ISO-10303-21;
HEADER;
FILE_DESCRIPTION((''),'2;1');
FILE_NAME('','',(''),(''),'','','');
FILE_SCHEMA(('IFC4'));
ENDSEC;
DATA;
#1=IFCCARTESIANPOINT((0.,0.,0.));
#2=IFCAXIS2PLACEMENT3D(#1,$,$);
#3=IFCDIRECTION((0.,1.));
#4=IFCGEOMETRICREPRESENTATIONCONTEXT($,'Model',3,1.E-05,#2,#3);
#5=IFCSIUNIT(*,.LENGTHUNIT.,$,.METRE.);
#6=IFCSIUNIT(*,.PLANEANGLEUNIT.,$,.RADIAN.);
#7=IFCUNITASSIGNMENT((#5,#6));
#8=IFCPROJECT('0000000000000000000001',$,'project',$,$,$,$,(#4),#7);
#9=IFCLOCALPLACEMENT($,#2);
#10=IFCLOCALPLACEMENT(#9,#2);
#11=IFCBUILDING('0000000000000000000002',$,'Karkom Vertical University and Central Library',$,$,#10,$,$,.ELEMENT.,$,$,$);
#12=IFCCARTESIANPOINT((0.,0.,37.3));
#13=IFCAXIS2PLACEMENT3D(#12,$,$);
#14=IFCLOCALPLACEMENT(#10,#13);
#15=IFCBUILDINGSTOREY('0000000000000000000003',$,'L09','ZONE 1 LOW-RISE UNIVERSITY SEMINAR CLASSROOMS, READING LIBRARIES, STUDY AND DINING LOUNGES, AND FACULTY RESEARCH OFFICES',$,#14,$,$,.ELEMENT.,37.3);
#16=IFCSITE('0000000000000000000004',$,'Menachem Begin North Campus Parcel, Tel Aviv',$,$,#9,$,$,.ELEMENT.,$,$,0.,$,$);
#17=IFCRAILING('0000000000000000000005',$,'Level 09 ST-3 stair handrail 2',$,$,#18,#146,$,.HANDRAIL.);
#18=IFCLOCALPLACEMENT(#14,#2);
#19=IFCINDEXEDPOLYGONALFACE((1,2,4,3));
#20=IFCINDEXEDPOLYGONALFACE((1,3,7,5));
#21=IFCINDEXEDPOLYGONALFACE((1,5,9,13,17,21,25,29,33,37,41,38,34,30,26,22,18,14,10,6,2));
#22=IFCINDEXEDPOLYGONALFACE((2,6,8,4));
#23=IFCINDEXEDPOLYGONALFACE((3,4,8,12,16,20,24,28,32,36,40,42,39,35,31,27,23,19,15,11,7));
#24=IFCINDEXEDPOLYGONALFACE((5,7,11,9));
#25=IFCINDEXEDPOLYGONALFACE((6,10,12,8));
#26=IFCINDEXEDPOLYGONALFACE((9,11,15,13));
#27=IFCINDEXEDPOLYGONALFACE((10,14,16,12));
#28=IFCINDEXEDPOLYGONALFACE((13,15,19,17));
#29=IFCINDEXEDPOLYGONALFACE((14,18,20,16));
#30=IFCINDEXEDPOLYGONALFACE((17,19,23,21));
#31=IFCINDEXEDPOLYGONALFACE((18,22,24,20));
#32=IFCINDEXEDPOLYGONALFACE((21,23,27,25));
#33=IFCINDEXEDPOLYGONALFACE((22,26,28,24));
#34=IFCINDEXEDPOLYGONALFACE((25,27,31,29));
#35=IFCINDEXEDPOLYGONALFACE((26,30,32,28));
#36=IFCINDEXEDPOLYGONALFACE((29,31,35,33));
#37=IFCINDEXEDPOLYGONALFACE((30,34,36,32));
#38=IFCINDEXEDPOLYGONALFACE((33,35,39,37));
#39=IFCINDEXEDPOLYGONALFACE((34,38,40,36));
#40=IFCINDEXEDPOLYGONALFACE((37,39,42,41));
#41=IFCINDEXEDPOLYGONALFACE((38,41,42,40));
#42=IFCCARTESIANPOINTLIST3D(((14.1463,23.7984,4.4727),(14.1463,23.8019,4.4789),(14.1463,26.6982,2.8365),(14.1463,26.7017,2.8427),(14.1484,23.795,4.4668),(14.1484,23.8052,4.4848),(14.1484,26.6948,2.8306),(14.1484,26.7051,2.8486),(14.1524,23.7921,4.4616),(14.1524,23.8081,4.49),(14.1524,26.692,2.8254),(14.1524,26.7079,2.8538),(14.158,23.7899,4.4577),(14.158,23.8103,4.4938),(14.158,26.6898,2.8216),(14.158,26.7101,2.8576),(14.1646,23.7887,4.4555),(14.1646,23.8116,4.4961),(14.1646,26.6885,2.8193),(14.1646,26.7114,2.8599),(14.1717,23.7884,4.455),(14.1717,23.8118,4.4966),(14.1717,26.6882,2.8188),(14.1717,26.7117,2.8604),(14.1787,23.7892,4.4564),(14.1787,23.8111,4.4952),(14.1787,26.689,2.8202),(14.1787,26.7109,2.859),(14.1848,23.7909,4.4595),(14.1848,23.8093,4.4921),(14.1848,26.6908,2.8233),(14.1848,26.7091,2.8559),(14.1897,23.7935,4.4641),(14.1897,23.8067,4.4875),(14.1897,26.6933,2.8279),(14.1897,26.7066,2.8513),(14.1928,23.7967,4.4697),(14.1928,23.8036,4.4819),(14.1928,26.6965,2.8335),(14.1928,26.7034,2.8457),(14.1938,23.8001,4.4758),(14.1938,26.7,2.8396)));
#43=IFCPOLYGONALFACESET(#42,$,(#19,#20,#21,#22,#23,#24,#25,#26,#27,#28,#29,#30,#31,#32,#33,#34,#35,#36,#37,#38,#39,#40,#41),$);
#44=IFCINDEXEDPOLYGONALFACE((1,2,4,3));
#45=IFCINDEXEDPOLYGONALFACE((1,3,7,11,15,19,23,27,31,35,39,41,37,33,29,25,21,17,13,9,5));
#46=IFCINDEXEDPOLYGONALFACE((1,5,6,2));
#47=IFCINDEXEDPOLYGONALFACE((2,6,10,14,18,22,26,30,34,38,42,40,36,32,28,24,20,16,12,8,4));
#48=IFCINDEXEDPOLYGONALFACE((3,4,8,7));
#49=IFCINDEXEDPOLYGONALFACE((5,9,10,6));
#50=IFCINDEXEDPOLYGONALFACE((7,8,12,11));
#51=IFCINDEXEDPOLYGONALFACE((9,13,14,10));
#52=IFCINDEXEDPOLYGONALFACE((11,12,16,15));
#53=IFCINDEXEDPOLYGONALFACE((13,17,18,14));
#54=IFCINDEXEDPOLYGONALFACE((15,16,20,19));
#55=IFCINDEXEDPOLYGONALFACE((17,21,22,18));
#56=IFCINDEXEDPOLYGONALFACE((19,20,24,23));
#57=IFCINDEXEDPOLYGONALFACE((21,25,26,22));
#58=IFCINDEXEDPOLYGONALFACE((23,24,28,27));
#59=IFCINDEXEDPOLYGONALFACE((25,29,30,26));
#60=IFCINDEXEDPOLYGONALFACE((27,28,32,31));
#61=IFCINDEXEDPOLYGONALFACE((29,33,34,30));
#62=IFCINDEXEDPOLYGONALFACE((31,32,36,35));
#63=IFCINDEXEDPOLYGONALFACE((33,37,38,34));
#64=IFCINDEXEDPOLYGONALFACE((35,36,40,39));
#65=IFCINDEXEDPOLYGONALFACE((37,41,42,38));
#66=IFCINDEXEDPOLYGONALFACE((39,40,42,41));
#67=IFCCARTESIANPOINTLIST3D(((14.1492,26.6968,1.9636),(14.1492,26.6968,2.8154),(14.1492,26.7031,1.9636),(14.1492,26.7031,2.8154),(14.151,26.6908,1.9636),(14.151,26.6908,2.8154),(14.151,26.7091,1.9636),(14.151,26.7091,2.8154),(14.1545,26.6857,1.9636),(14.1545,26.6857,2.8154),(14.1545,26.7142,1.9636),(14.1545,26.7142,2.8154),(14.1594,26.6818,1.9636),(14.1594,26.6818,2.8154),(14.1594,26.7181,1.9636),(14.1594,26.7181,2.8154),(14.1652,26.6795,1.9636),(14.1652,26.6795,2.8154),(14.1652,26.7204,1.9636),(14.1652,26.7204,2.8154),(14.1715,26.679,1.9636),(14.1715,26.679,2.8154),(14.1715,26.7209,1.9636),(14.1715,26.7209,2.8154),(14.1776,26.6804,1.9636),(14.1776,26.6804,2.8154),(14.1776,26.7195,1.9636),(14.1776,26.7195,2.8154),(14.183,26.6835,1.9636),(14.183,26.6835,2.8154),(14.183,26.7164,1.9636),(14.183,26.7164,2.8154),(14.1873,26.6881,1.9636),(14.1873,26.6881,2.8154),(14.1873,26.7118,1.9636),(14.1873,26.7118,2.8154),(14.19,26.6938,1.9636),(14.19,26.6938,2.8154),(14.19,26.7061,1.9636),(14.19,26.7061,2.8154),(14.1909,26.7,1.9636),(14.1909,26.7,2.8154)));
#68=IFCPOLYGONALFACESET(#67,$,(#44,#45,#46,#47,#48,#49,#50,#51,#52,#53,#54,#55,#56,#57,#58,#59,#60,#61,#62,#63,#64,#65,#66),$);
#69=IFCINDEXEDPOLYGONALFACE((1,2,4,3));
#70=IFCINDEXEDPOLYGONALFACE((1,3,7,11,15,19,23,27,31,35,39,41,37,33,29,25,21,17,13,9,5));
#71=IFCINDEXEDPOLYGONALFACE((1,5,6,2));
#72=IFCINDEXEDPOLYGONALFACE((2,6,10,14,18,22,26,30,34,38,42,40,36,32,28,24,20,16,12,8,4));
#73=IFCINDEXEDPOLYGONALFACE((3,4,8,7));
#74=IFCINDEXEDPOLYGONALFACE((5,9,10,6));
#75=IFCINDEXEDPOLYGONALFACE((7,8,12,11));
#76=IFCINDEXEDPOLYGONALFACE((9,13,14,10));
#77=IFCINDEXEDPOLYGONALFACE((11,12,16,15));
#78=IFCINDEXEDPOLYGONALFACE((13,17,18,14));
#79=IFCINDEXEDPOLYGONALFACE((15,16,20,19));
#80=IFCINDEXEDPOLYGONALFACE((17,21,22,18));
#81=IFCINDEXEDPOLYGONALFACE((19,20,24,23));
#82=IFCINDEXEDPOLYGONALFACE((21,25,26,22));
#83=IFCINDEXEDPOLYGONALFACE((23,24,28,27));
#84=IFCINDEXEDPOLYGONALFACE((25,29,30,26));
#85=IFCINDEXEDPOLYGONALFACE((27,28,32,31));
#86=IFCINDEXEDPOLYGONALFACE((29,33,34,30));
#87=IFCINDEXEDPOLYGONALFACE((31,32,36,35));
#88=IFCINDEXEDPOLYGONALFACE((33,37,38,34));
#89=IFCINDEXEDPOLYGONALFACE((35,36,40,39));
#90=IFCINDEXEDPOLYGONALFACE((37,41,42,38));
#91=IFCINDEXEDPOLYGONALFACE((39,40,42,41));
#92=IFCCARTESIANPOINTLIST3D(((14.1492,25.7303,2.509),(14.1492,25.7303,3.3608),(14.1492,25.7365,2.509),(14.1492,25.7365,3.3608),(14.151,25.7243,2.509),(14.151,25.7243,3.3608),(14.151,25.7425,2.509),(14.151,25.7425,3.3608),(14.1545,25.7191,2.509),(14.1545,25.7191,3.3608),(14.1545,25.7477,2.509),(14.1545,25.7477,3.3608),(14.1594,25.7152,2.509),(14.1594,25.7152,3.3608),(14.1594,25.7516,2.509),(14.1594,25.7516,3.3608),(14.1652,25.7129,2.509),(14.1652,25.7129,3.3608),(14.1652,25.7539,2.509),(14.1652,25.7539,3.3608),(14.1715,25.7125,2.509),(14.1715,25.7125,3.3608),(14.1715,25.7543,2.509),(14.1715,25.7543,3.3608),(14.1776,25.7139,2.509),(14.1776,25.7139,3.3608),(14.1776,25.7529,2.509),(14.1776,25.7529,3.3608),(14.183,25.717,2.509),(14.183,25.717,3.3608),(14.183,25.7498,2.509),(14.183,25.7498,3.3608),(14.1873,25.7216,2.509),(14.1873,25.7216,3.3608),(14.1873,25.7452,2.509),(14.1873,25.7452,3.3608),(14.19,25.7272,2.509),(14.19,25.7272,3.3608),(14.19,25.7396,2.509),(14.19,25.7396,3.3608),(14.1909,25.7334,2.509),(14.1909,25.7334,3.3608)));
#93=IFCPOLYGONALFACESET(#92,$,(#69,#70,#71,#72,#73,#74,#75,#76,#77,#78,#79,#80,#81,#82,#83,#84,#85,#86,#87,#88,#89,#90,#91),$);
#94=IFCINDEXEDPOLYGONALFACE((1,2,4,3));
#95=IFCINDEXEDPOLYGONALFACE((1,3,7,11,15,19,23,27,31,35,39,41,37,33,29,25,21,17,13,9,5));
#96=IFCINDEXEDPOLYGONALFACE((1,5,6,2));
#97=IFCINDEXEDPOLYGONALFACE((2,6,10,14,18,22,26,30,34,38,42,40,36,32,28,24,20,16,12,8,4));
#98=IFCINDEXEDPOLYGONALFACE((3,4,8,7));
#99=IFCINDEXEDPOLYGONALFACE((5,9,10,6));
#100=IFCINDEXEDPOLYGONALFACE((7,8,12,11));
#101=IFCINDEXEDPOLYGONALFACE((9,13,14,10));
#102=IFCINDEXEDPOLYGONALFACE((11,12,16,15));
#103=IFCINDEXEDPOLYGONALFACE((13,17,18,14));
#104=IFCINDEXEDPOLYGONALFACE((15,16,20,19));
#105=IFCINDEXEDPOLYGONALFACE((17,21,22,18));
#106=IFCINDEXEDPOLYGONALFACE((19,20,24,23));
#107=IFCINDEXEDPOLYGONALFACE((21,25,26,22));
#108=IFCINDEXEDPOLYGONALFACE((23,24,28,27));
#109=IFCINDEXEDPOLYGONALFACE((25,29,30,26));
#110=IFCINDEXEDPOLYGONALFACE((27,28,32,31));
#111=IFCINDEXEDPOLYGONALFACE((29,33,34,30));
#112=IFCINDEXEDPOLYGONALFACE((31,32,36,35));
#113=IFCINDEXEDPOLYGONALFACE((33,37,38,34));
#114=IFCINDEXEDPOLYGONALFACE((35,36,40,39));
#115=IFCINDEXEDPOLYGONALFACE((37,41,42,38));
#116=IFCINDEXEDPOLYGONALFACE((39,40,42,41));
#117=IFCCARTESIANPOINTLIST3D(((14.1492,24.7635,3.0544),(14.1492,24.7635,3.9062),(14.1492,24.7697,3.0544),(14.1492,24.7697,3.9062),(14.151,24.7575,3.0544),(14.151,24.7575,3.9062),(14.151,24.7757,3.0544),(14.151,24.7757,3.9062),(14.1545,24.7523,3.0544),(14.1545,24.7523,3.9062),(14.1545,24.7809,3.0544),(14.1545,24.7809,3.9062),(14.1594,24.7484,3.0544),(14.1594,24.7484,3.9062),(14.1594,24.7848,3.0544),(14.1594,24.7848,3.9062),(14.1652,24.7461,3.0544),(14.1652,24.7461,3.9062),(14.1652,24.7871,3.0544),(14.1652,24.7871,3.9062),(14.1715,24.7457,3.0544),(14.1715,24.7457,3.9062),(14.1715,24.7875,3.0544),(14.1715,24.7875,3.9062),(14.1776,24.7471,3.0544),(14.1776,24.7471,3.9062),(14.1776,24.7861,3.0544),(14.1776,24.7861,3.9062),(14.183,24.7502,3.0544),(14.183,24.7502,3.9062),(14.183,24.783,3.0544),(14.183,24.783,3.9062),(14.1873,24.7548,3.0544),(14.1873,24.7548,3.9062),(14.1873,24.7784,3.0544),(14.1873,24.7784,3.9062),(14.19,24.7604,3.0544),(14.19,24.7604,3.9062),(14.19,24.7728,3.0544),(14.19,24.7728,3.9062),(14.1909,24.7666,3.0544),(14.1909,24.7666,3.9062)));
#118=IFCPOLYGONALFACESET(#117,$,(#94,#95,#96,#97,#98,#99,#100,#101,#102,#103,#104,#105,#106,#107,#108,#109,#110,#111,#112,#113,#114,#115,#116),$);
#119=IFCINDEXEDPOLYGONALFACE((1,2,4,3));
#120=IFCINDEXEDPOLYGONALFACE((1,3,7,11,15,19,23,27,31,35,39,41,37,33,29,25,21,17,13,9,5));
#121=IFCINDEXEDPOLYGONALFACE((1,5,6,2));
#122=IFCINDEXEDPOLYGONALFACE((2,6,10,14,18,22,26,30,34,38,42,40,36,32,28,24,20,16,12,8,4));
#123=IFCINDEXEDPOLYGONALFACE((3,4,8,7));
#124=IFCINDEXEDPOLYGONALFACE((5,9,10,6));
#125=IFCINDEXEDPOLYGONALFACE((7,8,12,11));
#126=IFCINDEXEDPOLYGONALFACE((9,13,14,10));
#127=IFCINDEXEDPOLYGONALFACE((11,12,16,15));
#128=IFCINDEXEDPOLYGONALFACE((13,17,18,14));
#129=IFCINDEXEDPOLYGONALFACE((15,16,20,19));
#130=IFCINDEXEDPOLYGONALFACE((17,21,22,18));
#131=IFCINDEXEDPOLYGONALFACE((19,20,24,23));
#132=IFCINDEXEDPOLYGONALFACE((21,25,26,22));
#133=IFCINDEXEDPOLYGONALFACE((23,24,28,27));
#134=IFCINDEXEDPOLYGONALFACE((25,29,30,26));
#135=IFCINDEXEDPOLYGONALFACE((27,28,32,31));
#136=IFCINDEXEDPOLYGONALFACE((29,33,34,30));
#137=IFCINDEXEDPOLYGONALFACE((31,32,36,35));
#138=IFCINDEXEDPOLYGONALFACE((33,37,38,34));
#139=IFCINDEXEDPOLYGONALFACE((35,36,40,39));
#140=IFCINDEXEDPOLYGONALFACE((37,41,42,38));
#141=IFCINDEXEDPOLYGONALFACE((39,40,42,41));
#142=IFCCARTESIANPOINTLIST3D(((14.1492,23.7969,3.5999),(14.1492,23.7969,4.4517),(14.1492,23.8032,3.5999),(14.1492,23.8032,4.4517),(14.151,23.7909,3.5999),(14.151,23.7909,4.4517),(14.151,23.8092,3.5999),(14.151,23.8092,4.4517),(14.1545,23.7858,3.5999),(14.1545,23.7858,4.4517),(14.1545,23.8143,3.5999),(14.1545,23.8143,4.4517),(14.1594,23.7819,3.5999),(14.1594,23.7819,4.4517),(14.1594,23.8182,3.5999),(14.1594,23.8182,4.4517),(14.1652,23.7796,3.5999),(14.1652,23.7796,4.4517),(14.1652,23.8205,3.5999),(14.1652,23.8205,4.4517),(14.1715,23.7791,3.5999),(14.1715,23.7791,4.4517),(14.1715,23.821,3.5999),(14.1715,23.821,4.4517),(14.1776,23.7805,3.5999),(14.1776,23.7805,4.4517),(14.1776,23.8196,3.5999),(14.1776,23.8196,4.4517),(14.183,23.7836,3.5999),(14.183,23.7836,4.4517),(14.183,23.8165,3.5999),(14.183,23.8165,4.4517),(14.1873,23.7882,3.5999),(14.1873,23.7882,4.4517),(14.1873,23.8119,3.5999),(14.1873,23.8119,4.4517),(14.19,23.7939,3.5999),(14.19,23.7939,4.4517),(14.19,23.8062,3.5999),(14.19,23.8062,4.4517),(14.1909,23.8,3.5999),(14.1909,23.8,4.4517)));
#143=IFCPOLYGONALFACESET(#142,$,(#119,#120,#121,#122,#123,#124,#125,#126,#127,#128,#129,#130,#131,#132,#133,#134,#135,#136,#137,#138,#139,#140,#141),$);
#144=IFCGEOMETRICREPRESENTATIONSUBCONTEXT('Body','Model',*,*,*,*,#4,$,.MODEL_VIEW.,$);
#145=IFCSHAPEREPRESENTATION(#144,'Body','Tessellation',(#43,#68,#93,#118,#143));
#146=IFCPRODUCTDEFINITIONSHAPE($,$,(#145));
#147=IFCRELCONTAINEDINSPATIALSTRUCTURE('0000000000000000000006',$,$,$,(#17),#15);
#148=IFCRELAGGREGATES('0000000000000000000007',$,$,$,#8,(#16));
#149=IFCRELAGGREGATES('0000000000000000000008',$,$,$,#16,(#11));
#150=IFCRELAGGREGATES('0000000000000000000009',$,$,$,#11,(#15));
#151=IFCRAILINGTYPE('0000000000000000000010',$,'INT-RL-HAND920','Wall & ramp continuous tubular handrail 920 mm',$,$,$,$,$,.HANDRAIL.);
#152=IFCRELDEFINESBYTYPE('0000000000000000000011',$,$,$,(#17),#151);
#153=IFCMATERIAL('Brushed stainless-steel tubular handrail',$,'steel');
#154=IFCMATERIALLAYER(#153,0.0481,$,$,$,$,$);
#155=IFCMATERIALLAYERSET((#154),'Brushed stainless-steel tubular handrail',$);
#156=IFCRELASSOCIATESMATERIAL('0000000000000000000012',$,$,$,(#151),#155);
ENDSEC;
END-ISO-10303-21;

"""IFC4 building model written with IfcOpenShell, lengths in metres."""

from ifc_helpers import new_model, si_unit, direction, frame, origin, origin_2d, place, context, subcontext, project, spatial, circle, extrude, material, layer, layer_set, type_object, element, save


model = new_model("IFC4")

# Units and contexts
model_context = context("Model", 3, precision=1e-05, world=origin(), true_north=direction((0.0, 1.0)))
body_context = subcontext(model_context, "Body", "Model", "MODEL_VIEW")
ifc_project = project(units=[si_unit("LENGTHUNIT", "METRE"), si_unit("PLANEANGLEUNIT", "RADIAN")], contexts=[model_context])

# Site, building, storey
site_placement = place(None, origin())
site = spatial("IfcSite", under=ifc_project, at=site_placement, Name="Menachem Begin North Campus Parcel, Tel Aviv", CompositionType="ELEMENT", RefElevation=0.0)
building_placement = place(site_placement, origin())
building = spatial("IfcBuilding", under=site, at=building_placement, Name="Karkom Vertical University and Central Library", CompositionType="ELEMENT")
storey_placement = place(building_placement, frame((0.0, 0.0, 37.3)))
storey = spatial("IfcBuildingStorey", under=building, at=storey_placement, Name="L09", Description="ZONE 1 LOW-RISE UNIVERSITY SEMINAR CLASSROOMS, READING LIBRARIES, STUDY AND DINING LOUNGES, AND FACULTY RESEARCH OFFICES", CompositionType="ELEMENT", Elevation=37.3)

# Railing
ifc_material_1 = material(Name="Brushed stainless-steel tubular handrail", Category="steel")
ifc_layer_1 = layer(ifc_material_1, 0.0481)
ifc_layer_set_1 = layer_set([ifc_layer_1], Name="Brushed stainless-steel tubular handrail")
railing_type_1 = type_object("IfcRailingType", Name="INT-RL-HAND920", Description="Wall & ramp continuous tubular handrail 920 mm", PredefinedType="HANDRAIL", material=ifc_layer_set_1)
railing_1_placement = place(storey_placement, frame((14.1699, 26.7, 1.9636)))
element("IfcRailing", 1, at=railing_1_placement, inside=storey, type_object=railing_type_1, Name="Level 09 ST-3 stair handrail 2", PredefinedType="HANDRAIL", context=body_context, shape_type="SweptSolid", body=[
    extrude(circle(Radius=0.0239, at=origin_2d()), frame((0.0, 0.0, 0.876), z_axis=(0.0, -0.870929, 0.49141), x_axis=(1.0, 0.0, 0.0)), (0.0, 0.0, 1.0), 3.3296),
    extrude(circle(Radius=0.021, at=origin_2d()), origin(), (0.0, 0.0, 1.0), 0.8518),
    extrude(circle(Radius=0.021, at=origin_2d()), frame((0.0, -0.9666, 0.5454)), (0.0, 0.0, 1.0), 0.8518),
    extrude(circle(Radius=0.021, at=origin_2d()), frame((0.0, -1.9333, 1.0908)), (0.0, 0.0, 1.0), 0.8518),
    extrude(circle(Radius=0.021, at=origin_2d()), frame((0.0, -2.8999, 1.6362)), (0.0, 0.0, 1.0), 0.8518),
])

save(model, "model.ifc")
